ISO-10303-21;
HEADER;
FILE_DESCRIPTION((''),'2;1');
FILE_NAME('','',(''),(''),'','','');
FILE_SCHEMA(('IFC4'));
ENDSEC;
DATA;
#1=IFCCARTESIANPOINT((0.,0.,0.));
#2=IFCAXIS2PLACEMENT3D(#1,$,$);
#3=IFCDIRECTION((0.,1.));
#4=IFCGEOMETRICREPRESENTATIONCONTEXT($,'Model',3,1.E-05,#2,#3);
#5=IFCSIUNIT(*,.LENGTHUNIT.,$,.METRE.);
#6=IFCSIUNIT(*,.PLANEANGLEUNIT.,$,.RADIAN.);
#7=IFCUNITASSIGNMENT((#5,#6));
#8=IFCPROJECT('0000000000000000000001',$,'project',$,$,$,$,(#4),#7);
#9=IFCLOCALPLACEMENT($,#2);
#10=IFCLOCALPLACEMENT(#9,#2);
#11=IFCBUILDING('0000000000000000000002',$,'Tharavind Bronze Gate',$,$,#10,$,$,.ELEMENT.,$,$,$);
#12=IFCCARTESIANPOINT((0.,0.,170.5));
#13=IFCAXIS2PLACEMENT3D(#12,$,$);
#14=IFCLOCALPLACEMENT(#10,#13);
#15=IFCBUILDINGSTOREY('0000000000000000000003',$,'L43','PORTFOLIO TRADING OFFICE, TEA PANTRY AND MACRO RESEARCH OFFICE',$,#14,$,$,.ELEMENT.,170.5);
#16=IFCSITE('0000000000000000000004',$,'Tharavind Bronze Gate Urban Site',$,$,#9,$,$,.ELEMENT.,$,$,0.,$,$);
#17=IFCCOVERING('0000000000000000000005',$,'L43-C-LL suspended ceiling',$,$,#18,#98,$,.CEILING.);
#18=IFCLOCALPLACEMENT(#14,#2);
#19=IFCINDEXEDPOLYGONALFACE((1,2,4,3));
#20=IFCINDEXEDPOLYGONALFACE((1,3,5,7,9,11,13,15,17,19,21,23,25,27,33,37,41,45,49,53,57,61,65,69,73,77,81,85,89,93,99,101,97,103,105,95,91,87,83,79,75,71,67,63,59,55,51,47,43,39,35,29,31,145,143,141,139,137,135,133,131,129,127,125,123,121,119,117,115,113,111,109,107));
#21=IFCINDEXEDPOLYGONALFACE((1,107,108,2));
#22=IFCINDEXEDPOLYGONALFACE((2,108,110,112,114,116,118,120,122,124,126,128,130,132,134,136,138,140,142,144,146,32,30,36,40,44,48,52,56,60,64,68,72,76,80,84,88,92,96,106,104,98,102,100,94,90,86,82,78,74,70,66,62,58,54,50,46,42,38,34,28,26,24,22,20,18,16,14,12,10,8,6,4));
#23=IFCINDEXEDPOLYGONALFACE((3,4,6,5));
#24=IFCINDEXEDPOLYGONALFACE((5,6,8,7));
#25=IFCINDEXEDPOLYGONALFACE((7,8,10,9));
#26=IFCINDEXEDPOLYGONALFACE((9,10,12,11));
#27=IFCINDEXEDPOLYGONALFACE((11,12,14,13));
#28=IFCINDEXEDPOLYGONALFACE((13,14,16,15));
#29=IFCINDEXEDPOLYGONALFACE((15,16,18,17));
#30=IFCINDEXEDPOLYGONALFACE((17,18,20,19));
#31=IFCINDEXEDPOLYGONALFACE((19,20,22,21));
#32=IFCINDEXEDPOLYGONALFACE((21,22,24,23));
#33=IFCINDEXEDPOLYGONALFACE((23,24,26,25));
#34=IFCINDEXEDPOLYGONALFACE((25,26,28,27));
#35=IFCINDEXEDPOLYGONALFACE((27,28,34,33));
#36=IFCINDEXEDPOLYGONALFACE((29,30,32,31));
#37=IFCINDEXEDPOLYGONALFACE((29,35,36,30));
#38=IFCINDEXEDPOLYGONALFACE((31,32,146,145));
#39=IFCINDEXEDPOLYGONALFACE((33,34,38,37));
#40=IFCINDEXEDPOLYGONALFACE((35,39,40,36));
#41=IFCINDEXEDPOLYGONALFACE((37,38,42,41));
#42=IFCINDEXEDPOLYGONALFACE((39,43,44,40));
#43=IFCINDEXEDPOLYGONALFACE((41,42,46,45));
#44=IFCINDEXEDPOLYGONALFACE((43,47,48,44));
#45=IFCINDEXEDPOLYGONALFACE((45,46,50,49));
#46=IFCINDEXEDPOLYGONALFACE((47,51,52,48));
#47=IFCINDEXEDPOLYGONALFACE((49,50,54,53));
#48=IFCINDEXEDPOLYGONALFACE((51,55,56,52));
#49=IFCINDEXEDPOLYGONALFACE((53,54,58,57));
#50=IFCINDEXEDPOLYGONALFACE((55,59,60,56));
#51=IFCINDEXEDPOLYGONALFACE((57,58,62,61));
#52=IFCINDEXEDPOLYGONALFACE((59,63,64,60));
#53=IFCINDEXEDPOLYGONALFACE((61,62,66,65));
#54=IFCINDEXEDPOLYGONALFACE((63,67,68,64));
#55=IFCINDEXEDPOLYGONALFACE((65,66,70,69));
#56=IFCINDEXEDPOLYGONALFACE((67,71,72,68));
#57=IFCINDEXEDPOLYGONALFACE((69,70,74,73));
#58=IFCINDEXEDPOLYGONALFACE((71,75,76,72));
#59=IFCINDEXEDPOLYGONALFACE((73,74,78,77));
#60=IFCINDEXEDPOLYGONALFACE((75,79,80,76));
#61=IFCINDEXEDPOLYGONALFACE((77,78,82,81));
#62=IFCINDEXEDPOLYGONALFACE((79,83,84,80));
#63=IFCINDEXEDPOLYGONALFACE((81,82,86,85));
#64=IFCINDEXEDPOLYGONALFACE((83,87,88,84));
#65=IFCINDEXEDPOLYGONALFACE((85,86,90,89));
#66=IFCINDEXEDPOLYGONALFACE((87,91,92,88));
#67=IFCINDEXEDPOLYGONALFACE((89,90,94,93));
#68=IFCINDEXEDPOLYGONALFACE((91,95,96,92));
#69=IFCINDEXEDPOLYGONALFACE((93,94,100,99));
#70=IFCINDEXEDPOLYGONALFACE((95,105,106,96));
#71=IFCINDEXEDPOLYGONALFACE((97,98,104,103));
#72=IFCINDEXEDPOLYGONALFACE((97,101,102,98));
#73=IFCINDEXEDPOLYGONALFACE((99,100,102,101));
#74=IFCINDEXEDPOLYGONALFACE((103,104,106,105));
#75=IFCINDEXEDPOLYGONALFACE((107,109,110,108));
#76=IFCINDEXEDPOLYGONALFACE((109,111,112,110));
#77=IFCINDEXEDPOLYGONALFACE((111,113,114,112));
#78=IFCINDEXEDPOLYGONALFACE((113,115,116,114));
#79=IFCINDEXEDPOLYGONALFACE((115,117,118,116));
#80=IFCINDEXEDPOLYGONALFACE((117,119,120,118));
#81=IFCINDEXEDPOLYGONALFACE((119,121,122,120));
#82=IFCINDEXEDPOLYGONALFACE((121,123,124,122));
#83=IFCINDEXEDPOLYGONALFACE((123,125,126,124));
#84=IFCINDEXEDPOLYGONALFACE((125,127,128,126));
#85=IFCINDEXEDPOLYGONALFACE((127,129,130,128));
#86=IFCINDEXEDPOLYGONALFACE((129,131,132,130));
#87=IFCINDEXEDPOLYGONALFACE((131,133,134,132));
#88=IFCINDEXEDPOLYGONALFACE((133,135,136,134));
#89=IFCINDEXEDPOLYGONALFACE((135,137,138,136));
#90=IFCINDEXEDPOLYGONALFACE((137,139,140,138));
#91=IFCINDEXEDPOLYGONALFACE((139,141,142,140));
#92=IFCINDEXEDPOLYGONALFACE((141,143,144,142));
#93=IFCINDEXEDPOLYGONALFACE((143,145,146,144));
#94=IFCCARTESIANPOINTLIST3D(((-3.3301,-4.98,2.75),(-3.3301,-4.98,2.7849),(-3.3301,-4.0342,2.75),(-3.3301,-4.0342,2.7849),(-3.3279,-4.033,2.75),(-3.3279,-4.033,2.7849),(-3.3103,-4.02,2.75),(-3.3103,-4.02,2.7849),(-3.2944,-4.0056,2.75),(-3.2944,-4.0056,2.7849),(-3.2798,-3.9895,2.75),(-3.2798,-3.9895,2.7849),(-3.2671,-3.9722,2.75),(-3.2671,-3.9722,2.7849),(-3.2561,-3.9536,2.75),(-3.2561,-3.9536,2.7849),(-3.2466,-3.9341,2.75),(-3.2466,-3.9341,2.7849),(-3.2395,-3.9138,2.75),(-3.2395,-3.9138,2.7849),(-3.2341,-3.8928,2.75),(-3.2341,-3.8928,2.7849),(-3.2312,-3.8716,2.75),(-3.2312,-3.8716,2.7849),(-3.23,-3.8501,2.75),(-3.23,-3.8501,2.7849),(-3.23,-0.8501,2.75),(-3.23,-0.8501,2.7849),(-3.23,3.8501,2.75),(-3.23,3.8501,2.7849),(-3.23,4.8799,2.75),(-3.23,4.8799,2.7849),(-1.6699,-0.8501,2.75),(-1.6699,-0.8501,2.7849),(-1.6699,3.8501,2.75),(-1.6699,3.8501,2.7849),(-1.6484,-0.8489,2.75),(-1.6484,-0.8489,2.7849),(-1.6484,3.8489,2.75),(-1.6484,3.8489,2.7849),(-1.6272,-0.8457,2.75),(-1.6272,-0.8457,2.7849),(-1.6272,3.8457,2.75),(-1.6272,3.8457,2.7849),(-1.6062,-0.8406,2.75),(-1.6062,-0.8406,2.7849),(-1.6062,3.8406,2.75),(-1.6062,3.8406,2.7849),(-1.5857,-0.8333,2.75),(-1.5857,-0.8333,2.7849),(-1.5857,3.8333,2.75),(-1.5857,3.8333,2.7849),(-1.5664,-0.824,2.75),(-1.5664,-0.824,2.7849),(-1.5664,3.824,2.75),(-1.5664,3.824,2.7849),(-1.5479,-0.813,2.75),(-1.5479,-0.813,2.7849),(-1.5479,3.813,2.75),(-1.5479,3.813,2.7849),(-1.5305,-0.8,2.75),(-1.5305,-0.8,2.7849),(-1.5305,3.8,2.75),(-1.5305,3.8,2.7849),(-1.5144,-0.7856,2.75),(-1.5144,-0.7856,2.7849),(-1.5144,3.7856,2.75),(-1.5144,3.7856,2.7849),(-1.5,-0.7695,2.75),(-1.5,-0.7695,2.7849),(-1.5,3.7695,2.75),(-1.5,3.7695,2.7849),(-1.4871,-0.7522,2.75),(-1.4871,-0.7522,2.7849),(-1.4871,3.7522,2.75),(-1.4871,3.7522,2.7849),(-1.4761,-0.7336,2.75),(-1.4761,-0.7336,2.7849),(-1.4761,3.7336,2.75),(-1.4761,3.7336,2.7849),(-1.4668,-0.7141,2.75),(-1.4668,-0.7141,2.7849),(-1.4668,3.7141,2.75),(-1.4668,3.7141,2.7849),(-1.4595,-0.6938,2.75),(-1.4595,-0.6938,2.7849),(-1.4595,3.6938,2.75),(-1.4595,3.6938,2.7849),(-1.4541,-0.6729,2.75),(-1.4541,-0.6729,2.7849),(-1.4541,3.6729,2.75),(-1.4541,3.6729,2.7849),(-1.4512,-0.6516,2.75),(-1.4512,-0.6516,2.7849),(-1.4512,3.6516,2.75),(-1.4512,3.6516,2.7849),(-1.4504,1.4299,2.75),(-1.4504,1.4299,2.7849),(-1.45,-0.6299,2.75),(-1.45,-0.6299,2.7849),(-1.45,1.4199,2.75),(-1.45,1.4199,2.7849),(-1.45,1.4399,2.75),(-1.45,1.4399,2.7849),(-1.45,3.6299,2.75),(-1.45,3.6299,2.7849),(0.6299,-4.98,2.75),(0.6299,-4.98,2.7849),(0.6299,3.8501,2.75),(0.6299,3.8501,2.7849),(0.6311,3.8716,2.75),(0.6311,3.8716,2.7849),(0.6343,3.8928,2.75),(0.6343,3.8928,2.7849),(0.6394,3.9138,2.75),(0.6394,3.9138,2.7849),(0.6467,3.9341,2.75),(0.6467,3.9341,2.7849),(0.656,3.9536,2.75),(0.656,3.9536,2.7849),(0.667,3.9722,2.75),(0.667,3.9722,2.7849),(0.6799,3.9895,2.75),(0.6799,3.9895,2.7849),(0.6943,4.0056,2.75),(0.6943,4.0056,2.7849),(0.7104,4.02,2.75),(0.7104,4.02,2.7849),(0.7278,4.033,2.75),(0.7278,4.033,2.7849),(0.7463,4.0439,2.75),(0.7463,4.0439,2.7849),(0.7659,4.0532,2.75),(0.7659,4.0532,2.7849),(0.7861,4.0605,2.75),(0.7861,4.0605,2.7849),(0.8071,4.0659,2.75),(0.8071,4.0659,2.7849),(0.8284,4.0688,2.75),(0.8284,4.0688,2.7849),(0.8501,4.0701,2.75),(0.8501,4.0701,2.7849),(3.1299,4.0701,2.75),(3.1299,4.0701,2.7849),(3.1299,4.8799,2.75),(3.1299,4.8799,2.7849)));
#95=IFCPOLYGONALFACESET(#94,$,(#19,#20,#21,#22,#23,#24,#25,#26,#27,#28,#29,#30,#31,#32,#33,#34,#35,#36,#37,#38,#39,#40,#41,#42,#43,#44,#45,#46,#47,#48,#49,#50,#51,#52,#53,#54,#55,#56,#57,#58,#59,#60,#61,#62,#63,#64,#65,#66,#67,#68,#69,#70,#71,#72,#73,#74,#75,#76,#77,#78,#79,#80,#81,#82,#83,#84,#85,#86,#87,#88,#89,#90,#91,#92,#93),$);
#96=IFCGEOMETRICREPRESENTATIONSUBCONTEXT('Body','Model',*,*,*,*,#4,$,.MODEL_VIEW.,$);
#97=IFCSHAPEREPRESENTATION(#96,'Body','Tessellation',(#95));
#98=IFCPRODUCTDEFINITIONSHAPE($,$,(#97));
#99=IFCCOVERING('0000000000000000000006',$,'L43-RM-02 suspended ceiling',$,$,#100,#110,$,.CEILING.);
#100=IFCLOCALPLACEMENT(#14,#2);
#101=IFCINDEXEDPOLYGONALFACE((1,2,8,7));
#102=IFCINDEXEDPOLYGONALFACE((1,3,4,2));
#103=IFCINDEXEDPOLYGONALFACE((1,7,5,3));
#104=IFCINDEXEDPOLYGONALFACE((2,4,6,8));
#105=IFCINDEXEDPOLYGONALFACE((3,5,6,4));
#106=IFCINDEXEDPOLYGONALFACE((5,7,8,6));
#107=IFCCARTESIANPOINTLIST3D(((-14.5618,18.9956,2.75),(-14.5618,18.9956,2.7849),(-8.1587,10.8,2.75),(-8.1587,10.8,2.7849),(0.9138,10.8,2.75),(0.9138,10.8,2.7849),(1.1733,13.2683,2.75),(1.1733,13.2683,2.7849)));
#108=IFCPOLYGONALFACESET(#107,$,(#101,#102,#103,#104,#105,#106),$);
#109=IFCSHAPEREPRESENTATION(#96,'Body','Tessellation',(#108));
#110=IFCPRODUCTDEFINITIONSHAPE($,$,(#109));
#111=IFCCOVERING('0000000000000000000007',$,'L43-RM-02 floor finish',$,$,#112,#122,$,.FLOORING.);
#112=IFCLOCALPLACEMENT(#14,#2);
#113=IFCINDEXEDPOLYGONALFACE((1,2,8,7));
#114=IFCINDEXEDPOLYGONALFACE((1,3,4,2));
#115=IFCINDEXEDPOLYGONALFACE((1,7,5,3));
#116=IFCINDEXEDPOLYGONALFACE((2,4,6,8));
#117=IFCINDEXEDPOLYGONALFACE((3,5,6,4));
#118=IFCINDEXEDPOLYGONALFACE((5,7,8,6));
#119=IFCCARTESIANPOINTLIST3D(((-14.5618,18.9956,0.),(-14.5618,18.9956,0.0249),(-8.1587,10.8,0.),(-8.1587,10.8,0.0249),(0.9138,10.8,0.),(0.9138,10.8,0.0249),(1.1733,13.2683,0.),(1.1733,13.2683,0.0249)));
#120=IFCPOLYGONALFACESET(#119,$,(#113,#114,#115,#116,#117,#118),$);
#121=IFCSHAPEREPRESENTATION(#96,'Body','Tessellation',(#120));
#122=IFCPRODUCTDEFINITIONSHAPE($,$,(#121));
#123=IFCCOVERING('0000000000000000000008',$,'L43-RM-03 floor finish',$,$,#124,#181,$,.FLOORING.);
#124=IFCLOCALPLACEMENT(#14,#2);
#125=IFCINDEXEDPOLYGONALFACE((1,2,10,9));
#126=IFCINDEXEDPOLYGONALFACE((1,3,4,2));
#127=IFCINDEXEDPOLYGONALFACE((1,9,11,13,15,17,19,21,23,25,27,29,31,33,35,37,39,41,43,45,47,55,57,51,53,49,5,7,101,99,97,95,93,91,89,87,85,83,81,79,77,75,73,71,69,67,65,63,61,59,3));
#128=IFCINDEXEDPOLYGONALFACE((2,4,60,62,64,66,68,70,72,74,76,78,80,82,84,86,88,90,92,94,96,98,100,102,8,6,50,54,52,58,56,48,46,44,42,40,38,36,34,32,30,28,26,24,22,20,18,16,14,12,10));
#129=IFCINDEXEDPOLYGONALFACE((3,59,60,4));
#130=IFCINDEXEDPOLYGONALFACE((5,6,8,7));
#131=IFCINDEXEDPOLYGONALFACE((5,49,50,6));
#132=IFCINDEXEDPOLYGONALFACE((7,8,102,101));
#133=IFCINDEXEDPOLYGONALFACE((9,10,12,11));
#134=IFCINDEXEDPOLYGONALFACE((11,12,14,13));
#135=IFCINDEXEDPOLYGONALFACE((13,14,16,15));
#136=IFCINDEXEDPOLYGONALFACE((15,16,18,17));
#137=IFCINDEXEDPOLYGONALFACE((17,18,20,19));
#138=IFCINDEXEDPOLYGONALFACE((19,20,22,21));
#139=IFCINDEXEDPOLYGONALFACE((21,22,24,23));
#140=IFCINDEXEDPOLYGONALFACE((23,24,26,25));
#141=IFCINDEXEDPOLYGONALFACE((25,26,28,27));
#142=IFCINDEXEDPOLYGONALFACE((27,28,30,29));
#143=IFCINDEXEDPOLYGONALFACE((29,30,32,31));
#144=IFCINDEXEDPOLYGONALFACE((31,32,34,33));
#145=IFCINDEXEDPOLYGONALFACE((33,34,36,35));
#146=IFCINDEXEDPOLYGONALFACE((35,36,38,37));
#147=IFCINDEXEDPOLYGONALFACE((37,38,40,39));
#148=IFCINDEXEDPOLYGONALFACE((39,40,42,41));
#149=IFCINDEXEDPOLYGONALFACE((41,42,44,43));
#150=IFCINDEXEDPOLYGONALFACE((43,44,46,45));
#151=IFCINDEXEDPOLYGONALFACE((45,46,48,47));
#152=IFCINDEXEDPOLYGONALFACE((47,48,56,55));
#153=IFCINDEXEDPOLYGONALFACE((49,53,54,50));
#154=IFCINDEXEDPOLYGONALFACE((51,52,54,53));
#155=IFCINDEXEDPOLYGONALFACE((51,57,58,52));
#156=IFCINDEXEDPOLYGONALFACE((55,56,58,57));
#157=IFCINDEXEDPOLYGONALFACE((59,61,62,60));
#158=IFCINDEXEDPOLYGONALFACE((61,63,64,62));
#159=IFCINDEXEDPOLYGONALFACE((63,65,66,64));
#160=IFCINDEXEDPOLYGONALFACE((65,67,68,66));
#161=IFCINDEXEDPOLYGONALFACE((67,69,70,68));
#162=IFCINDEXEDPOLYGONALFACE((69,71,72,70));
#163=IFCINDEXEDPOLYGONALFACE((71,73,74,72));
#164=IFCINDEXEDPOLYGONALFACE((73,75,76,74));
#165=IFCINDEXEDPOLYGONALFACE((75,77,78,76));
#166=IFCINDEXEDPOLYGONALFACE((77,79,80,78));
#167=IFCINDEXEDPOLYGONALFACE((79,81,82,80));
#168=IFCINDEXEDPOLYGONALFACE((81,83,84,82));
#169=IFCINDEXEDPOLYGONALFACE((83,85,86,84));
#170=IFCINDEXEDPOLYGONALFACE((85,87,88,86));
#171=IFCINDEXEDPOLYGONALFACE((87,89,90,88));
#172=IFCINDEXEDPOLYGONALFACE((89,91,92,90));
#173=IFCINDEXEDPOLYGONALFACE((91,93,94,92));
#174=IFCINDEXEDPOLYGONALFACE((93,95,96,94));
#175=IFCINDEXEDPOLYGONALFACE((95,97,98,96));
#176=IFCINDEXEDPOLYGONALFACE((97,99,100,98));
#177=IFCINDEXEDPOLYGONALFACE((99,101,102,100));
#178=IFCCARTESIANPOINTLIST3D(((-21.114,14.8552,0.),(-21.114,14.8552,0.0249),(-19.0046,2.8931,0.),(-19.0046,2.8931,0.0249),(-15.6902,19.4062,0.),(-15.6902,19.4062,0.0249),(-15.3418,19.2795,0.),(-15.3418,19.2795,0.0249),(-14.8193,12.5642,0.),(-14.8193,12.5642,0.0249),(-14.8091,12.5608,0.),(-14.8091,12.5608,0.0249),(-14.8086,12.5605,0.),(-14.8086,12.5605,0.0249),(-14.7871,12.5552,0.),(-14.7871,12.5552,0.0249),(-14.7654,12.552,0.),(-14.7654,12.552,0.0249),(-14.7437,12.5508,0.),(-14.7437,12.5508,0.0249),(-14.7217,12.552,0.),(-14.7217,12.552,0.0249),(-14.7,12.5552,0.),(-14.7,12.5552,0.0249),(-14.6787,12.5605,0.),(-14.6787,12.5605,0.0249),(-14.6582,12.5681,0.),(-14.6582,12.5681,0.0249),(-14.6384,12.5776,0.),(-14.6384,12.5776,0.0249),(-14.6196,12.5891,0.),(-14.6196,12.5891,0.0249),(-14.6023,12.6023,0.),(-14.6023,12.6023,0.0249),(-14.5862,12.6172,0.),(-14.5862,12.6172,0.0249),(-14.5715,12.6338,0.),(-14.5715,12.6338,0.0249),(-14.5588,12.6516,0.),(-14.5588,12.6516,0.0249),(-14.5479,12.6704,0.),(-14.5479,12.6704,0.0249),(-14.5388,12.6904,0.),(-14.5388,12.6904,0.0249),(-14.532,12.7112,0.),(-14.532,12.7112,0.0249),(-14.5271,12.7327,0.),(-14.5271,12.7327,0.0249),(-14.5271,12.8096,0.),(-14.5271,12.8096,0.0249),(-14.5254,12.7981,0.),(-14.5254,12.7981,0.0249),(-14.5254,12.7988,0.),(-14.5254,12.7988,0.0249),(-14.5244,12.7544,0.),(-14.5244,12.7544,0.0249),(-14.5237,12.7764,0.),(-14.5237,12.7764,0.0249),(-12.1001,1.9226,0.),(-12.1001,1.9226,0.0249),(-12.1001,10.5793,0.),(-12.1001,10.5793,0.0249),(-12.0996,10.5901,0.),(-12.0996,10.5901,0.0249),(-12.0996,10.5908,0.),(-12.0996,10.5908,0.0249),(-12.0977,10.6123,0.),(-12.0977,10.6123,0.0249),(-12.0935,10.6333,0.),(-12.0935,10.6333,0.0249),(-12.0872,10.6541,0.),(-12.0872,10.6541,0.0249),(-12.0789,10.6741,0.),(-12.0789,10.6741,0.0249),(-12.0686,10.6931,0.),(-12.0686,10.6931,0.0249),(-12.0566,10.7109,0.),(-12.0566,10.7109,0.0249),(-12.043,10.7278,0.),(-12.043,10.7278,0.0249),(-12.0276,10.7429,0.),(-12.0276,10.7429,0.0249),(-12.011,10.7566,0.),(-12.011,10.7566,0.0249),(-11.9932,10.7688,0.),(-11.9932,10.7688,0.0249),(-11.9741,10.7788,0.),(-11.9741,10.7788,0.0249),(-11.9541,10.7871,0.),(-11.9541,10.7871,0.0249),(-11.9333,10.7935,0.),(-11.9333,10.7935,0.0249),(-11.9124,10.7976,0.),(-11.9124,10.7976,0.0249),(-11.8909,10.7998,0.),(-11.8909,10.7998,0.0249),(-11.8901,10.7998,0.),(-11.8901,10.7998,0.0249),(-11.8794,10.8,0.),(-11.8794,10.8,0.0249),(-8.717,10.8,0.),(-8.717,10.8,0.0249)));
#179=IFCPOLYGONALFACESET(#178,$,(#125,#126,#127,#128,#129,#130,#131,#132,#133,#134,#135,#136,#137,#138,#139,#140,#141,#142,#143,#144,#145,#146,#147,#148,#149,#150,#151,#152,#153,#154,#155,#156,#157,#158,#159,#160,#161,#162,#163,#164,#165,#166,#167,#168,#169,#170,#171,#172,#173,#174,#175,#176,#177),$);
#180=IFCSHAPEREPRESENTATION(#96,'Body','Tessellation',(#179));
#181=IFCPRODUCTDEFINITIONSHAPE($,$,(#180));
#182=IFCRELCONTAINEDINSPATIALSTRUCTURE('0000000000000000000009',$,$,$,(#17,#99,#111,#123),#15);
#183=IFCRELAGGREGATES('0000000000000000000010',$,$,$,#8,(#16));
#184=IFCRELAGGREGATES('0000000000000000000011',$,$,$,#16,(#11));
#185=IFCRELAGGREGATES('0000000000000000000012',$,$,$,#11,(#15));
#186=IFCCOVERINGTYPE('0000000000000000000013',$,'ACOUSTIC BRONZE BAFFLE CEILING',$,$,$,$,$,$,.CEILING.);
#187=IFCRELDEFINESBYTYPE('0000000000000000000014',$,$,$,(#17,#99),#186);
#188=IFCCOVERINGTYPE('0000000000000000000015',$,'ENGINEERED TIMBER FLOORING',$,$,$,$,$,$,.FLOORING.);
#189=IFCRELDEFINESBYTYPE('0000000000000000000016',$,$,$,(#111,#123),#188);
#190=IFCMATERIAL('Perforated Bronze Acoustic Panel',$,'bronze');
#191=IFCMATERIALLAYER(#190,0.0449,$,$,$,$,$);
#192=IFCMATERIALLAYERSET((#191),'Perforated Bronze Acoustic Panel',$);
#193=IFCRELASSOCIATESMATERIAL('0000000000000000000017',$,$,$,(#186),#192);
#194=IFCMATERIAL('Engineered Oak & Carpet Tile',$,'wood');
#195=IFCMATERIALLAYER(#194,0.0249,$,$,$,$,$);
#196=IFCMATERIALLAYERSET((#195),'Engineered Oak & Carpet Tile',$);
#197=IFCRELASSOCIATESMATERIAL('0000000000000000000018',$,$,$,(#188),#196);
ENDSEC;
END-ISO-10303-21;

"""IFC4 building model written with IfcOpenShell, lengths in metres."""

from ifc_helpers import new_model, si_unit, direction, frame, origin, place, context, subcontext, project, spatial, polyline, outline, extrude, material, layer, layer_set, type_object, element, save


model = new_model("IFC4")

# Units and contexts
model_context = context("Model", 3, precision=1e-05, world=origin(), true_north=direction((0.0, 1.0)))
body_context = subcontext(model_context, "Body", "Model", "MODEL_VIEW")
ifc_project = project(units=[si_unit("LENGTHUNIT", "METRE"), si_unit("PLANEANGLEUNIT", "RADIAN")], contexts=[model_context])

# Site, building, storey
site_placement = place(None, origin())
site = spatial("IfcSite", under=ifc_project, at=site_placement, Name="Tharavind Bronze Gate Urban Site", CompositionType="ELEMENT", RefElevation=0.0)
building_placement = place(site_placement, origin())
building = spatial("IfcBuilding", under=site, at=building_placement, Name="Tharavind Bronze Gate", CompositionType="ELEMENT")
storey_placement = place(building_placement, frame((0.0, 0.0, 170.5)))
storey = spatial("IfcBuildingStorey", under=building, at=storey_placement, Name="L43", Description="PORTFOLIO TRADING OFFICE, TEA PANTRY AND MACRO RESEARCH OFFICE", CompositionType="ELEMENT", Elevation=170.5)

# Coverings
ifc_material_1 = material(Name="Perforated Bronze Acoustic Panel", Category="bronze")
ifc_layer_1 = layer(ifc_material_1, 0.0449)
ifc_layer_set_1 = layer_set([ifc_layer_1], Name="Perforated Bronze Acoustic Panel")
covering_type_1 = type_object("IfcCoveringType", Name="ACOUSTIC BRONZE BAFFLE CEILING", PredefinedType="CEILING", material=ifc_layer_set_1)
covering_1_placement = place(storey_placement, frame((0.0, 0.0, 2.75)))
element("IfcCovering", 1, at=covering_1_placement, inside=storey, type_object=covering_type_1, Name="L43-C-LL suspended ceiling", PredefinedType="CEILING", context=body_context, shape_type="SweptSolid", body=[
    extrude(outline(polyline([(-3.3301, -4.98), (0.6299, -4.98), (0.6299, 3.8501), (0.6311, 3.8716), (0.6343, 3.8928), (0.6394, 3.9138), (0.6467, 3.9341), (0.656, 3.9536), (0.667, 3.9722), (0.6799, 3.9895), (0.6943, 4.0056), (0.7104, 4.02), (0.7278, 4.033), (0.7463, 4.0439), (0.7659, 4.0532), (0.7861, 4.0605), (0.8071, 4.0659), (0.8284, 4.0688), (0.8501, 4.0701), (3.1299, 4.0701), (3.1299, 4.8799), (-3.23, 4.8799), (-3.23, 3.8501), (-1.6699, 3.8501), (-1.6484, 3.8489), (-1.6272, 3.8457), (-1.6062, 3.8406), (-1.5857, 3.8333), (-1.5664, 3.824), (-1.5479, 3.813), (-1.5305, 3.8), (-1.5144, 3.7856), (-1.5, 3.7695), (-1.4871, 3.7522), (-1.4761, 3.7336), (-1.4668, 3.7141), (-1.4595, 3.6938), (-1.4541, 3.6729), (-1.4512, 3.6516), (-1.45, 3.6299), (-1.45, 1.4399), (-1.4504, 1.4299), (-1.45, 1.4199), (-1.45, -0.6299), (-1.4512, -0.6516), (-1.4541, -0.6729), (-1.4595, -0.6938), (-1.4668, -0.7141), (-1.4761, -0.7336), (-1.4871, -0.7522), (-1.5, -0.7695), (-1.5144, -0.7856), (-1.5305, -0.8), (-1.5479, -0.813), (-1.5664, -0.824), (-1.5857, -0.8333), (-1.6062, -0.8406), (-1.6272, -0.8457), (-1.6484, -0.8489), (-1.6699, -0.8501), (-3.23, -0.8501), (-3.23, -3.8501), (-3.2312, -3.8716), (-3.2341, -3.8928), (-3.2395, -3.9138), (-3.2466, -3.9341), (-3.2561, -3.9536), (-3.2671, -3.9722), (-3.2798, -3.9895), (-3.2944, -4.0056), (-3.3103, -4.02), (-3.3279, -4.033), (-3.3301, -4.0342), (-3.3301, -4.98)])), origin(), (0.0, 0.0, 1.0), 0.0349),
])
covering_2_placement = place(storey_placement, frame((0.0, 0.0, 2.75)))
element("IfcCovering", 2, at=covering_2_placement, inside=storey, type_object=covering_type_1, Name="L43-RM-02 suspended ceiling", PredefinedType="CEILING", context=body_context, shape_type="SweptSolid", body=[
    extrude(outline(polyline([(-8.1587, 10.8), (0.9138, 10.8), (1.1733, 13.2683), (-14.5618, 18.9956), (-8.1587, 10.8)])), origin(), (0.0, 0.0, 1.0), 0.0349),
])
ifc_material_2 = material(Name="Engineered Oak & Carpet Tile", Category="wood")
ifc_layer_2 = layer(ifc_material_2, 0.0249)
ifc_layer_set_2 = layer_set([ifc_layer_2], Name="Engineered Oak & Carpet Tile")
covering_type_2 = type_object("IfcCoveringType", Name="ENGINEERED TIMBER FLOORING", PredefinedType="FLOORING", material=ifc_layer_set_2)
covering_3_placement = place(storey_placement, origin())
element("IfcCovering", 3, at=covering_3_placement, inside=storey, type_object=covering_type_2, Name="L43-RM-02 floor finish", PredefinedType="FLOORING", context=body_context, shape_type="SweptSolid", body=[
    extrude(outline(polyline([(-8.1587, 10.8), (0.9138, 10.8), (1.1733, 13.2683), (-14.5618, 18.9956), (-8.1587, 10.8)])), origin(), (0.0, 0.0, 1.0), 0.0249),
])
covering_4_placement = place(storey_placement, origin())
element("IfcCovering", 4, at=covering_4_placement, inside=storey, type_object=covering_type_2, Name="L43-RM-03 floor finish", PredefinedType="FLOORING", context=body_context, shape_type="SweptSolid", body=[
    extrude(outline(polyline([(-19.0046, 2.8931), (-12.1001, 1.9226), (-12.1001, 10.5793), (-12.0996, 10.5901), (-12.0996, 10.5908), (-12.0977, 10.6123), (-12.0935, 10.6333), (-12.0872, 10.6541), (-12.0789, 10.6741), (-12.0686, 10.6931), (-12.0566, 10.7109), (-12.043, 10.7278), (-12.0276, 10.7429), (-12.011, 10.7566), (-11.9932, 10.7688), (-11.9741, 10.7788), (-11.9541, 10.7871), (-11.9333, 10.7935), (-11.9124, 10.7976), (-11.8909, 10.7998), (-11.8901, 10.7998), (-11.8794, 10.8), (-8.717, 10.8), (-15.3418, 19.2795), (-15.6902, 19.4062), (-14.5271, 12.8096), (-14.5254, 12.7988), (-14.5254, 12.7981), (-14.5237, 12.7764), (-14.5244, 12.7544), (-14.5271, 12.7327), (-14.532, 12.7112), (-14.5388, 12.6904), (-14.5479, 12.6704), (-14.5588, 12.6516), (-14.5715, 12.6338), (-14.5862, 12.6172), (-14.6023, 12.6023), (-14.6196, 12.5891), (-14.6384, 12.5776), (-14.6582, 12.5681), (-14.6787, 12.5605), (-14.7, 12.5552), (-14.7217, 12.552), (-14.7437, 12.5508), (-14.7654, 12.552), (-14.7871, 12.5552), (-14.8086, 12.5605), (-14.8091, 12.5608), (-14.8193, 12.5642), (-21.114, 14.8552), (-19.0046, 2.8931)])), origin(), (0.0, 0.0, 1.0), 0.0249),
])

save(model, "model.ifc")
